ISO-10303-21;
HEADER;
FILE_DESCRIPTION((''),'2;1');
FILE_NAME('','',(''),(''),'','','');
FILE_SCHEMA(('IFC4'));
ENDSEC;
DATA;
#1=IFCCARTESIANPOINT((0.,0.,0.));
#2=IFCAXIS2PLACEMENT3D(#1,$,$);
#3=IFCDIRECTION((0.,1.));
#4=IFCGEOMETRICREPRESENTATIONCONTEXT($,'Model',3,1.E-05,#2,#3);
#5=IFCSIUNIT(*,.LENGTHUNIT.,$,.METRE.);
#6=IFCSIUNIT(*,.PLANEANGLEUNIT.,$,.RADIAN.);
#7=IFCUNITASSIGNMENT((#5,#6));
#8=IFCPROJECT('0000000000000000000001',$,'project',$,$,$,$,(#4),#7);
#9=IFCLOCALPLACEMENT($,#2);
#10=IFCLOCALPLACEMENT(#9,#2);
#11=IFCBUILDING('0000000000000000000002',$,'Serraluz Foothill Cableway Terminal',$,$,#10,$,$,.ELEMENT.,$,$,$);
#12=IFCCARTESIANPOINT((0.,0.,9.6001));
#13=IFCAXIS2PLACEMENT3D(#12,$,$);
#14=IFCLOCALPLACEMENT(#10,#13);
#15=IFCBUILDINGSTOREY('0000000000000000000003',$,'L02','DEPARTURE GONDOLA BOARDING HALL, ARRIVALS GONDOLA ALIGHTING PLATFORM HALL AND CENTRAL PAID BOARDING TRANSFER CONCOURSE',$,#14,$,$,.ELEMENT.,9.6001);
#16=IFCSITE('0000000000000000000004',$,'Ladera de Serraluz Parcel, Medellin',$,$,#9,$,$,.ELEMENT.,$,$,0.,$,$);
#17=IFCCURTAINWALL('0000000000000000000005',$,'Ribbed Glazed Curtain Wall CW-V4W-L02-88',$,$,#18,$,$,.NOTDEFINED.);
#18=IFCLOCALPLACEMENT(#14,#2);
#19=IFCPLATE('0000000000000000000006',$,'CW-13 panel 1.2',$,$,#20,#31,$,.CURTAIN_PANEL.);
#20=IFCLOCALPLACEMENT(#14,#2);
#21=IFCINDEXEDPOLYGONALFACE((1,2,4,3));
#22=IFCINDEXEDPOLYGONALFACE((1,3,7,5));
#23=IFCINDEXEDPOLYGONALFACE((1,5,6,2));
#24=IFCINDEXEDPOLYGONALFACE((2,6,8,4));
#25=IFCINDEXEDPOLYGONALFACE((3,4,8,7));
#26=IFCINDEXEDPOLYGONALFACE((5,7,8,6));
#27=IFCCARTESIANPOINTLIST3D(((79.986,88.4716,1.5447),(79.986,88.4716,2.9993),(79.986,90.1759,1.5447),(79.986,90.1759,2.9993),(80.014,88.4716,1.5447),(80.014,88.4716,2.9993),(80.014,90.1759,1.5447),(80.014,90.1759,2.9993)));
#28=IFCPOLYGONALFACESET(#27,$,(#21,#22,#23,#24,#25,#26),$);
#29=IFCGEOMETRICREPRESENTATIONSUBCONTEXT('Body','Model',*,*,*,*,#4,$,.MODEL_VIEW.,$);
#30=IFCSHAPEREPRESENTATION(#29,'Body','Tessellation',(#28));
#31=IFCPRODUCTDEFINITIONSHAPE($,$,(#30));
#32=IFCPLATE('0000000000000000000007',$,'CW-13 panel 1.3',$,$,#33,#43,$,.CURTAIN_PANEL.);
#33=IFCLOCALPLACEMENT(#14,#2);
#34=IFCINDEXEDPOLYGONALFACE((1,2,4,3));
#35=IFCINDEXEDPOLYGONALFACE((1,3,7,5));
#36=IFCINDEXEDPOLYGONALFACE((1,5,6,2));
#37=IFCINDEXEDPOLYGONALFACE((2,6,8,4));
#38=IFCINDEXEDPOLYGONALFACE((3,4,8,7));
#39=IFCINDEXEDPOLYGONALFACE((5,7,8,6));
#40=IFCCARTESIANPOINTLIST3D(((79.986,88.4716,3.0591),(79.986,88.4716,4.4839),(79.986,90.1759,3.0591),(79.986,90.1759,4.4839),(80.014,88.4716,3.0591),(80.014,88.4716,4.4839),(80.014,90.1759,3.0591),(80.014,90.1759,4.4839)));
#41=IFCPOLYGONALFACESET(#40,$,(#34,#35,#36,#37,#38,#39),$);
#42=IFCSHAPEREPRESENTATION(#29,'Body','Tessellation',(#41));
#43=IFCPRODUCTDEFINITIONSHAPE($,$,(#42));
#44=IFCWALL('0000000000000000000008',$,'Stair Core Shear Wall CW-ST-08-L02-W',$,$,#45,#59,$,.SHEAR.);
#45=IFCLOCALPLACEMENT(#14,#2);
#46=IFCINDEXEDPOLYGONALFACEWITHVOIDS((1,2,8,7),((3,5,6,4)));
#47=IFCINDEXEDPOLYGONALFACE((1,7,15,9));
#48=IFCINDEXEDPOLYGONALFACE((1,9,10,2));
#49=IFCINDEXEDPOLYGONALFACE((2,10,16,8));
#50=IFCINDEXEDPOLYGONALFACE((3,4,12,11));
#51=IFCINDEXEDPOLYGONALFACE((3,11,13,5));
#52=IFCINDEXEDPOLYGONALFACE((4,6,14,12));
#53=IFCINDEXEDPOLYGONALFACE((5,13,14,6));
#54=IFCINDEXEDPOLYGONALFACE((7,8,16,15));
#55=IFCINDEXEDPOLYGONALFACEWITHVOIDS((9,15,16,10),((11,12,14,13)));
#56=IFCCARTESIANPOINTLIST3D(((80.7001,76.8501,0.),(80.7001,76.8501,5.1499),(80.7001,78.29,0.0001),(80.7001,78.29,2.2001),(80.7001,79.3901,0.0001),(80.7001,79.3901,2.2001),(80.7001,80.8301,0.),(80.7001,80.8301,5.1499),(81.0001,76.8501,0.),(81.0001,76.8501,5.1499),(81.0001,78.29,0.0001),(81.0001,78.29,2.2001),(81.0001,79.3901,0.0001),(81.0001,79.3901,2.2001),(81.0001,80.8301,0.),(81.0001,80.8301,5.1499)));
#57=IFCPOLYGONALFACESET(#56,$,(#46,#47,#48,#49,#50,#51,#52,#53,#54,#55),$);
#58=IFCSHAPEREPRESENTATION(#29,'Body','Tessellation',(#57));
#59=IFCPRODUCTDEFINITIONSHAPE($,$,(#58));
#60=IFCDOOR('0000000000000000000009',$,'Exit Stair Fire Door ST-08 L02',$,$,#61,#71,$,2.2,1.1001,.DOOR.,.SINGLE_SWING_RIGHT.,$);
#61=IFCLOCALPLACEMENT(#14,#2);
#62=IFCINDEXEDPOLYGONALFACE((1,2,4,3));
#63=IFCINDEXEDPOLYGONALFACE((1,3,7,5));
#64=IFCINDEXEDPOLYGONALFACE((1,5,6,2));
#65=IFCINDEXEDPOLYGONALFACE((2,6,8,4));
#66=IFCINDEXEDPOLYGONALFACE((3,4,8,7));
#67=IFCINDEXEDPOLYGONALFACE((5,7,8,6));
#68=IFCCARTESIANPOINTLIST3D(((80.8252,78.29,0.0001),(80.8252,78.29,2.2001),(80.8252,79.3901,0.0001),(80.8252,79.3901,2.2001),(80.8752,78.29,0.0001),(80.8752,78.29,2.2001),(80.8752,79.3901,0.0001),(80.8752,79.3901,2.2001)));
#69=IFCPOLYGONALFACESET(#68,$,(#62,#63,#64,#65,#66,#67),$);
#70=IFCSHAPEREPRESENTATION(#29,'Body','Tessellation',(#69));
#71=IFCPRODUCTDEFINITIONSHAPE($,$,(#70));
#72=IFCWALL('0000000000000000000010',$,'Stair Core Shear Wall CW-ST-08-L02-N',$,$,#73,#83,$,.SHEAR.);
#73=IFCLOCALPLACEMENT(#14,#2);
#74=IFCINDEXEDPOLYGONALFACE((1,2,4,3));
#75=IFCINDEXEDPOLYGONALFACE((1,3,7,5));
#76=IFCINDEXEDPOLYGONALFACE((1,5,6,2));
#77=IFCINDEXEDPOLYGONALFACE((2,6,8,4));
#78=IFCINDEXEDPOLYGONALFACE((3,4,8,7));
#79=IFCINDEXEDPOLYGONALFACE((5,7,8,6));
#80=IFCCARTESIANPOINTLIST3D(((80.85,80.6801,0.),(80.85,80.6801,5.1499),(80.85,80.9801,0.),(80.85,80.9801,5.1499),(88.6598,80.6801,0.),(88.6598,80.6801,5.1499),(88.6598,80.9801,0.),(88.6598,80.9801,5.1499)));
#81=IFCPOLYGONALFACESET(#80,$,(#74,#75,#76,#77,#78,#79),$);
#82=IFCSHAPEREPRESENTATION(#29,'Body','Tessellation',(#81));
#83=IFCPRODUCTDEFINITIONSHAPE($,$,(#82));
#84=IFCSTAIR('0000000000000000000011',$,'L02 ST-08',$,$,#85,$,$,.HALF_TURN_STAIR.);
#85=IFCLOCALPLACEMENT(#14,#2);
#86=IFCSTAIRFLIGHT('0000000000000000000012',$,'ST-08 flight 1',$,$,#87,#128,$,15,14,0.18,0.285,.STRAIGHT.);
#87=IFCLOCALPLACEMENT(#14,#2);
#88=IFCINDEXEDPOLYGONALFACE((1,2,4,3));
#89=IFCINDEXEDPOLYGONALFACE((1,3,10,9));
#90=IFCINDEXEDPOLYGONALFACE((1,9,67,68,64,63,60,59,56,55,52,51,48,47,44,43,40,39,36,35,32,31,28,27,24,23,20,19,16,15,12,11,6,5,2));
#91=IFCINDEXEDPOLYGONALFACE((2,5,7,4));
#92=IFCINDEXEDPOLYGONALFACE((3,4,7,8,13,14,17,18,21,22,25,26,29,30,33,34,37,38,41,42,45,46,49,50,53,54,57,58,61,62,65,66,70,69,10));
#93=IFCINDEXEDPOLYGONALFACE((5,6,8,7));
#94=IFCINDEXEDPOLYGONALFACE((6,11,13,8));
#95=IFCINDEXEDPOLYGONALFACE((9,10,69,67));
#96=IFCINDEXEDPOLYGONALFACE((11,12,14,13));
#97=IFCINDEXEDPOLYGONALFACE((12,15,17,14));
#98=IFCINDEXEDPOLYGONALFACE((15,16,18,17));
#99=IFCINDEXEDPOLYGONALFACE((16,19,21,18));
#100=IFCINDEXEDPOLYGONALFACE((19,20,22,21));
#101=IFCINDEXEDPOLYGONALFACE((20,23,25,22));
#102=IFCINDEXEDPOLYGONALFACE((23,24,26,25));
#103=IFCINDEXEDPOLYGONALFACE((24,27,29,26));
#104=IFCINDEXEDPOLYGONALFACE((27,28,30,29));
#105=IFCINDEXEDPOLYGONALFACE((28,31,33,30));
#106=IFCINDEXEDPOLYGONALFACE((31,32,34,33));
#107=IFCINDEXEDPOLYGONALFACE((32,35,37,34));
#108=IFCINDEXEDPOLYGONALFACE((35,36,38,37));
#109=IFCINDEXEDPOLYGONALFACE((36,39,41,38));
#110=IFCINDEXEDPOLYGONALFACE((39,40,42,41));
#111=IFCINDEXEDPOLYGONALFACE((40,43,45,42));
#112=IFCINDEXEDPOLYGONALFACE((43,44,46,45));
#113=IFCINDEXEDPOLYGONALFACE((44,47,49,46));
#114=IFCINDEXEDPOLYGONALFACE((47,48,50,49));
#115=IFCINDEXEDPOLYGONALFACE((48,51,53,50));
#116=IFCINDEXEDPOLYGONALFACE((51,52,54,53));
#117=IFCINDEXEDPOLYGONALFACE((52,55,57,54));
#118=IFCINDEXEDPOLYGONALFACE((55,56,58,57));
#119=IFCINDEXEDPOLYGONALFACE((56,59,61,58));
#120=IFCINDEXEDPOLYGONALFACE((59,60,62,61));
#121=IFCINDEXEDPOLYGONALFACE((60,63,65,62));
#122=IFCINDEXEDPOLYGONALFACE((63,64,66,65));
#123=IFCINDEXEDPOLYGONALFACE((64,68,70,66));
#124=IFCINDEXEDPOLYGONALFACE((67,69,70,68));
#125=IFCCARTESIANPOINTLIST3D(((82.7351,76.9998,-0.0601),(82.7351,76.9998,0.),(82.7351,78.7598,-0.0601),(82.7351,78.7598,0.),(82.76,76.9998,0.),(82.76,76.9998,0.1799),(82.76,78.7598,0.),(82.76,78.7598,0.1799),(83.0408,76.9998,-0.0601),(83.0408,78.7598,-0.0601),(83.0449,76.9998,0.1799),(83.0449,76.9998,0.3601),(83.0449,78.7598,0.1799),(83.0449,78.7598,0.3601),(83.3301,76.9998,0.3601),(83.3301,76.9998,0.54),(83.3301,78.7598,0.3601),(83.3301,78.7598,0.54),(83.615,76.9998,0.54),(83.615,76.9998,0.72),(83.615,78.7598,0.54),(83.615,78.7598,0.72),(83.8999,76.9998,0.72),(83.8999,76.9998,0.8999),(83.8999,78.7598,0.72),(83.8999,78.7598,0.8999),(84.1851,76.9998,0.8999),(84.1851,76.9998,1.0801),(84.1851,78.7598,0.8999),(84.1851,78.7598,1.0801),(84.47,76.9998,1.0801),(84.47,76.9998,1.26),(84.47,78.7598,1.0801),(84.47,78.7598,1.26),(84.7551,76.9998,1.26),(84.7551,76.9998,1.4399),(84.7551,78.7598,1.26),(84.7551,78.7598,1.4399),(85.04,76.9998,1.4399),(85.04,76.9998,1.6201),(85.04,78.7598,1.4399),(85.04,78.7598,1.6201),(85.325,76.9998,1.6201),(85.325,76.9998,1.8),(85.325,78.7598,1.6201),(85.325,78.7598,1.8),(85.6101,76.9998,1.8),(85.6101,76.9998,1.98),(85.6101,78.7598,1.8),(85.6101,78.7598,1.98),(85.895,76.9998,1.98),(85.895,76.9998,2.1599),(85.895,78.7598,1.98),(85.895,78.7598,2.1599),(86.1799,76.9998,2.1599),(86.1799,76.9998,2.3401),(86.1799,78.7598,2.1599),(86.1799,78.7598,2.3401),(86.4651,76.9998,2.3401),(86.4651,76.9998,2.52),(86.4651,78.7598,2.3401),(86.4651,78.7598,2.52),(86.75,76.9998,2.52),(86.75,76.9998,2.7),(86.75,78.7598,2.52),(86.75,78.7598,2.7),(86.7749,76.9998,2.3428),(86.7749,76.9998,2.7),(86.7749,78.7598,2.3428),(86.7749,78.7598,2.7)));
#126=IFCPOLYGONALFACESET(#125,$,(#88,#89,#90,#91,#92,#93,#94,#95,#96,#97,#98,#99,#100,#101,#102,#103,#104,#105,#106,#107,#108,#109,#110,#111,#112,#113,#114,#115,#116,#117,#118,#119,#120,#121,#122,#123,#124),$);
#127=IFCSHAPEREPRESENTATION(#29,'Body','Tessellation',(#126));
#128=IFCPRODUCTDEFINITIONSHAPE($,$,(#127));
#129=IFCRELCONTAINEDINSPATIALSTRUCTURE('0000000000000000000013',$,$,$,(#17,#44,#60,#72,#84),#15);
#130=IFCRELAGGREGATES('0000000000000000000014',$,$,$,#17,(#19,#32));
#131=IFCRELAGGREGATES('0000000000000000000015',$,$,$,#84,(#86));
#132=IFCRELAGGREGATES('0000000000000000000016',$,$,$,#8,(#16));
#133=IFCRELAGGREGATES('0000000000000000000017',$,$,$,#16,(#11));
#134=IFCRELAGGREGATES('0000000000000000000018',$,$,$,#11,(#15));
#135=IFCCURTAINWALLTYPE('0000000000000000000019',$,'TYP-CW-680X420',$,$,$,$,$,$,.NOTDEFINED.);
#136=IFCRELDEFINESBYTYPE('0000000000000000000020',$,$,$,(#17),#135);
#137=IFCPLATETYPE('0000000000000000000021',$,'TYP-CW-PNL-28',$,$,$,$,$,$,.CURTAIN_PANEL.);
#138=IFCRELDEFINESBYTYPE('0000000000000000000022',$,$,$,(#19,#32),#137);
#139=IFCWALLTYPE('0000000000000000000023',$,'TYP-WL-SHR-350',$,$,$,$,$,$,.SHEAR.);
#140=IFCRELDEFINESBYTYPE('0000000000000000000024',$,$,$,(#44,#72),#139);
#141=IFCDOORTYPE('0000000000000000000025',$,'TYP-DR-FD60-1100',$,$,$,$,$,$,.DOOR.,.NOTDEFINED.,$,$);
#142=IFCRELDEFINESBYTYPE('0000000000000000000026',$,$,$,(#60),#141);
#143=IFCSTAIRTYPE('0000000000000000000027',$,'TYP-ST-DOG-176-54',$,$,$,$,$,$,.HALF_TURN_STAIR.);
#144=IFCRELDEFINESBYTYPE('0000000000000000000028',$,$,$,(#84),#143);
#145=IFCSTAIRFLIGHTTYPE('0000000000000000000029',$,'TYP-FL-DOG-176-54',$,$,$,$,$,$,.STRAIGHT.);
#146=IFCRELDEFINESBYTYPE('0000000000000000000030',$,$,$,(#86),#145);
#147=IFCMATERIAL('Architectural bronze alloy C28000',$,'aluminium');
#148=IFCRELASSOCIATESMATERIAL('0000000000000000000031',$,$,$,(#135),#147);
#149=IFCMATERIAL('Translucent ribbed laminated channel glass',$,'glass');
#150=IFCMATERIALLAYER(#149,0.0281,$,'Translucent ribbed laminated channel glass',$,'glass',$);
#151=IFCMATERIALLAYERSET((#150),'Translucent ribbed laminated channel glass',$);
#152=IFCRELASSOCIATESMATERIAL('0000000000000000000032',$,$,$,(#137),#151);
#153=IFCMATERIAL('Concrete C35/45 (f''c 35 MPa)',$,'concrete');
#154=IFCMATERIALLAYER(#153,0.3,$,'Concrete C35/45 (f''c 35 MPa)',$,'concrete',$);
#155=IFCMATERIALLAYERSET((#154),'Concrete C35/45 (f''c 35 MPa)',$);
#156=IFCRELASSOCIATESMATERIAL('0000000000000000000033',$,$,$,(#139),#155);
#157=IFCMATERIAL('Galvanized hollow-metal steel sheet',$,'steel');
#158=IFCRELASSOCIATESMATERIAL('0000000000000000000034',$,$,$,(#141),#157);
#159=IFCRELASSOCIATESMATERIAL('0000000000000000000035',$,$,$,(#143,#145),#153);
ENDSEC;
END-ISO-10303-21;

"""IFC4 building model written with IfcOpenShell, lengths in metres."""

from ifc_helpers import new_model, si_unit, direction, frame, frame_2d, origin, origin_2d, place, context, subcontext, project, spatial, polyline, rectangle, outline, extrude, material, layer, layer_set, type_object, element, fill, aggregate, save


model = new_model("IFC4")

# Units and contexts
model_context = context("Model", 3, precision=1e-05, world=origin(), true_north=direction((0.0, 1.0)))
body_context = subcontext(model_context, "Body", "Model", "MODEL_VIEW")
ifc_project = project(units=[si_unit("LENGTHUNIT", "METRE"), si_unit("PLANEANGLEUNIT", "RADIAN")], contexts=[model_context])

# Site, building, storey
site_placement = place(None, origin())
site = spatial("IfcSite", under=ifc_project, at=site_placement, Name="Ladera de Serraluz Parcel, Medellin", CompositionType="ELEMENT", RefElevation=0.0)
building_placement = place(site_placement, origin())
building = spatial("IfcBuilding", under=site, at=building_placement, Name="Serraluz Foothill Cableway Terminal", CompositionType="ELEMENT")
storey_placement = place(building_placement, frame((0.0, 0.0, 9.6001)))
storey = spatial("IfcBuildingStorey", under=building, at=storey_placement, Name="L02", Description="DEPARTURE GONDOLA BOARDING HALL, ARRIVALS GONDOLA ALIGHTING PLATFORM HALL AND CENTRAL PAID BOARDING TRANSFER CONCOURSE", CompositionType="ELEMENT", Elevation=9.6001)

# Curtain wall
ifc_material_1 = material(Name="Architectural bronze alloy C28000", Category="aluminium")
curtain_wall_type = type_object("IfcCurtainWallType", Name="TYP-CW-680X420", PredefinedType="NOTDEFINED", material=ifc_material_1)
curtain_wall_1_placement = place(storey_placement, origin())
curtain_wall_1 = element("IfcCurtainWall", 1, at=curtain_wall_1_placement, inside=storey, type_object=curtain_wall_type, Name="Ribbed Glazed Curtain Wall CW-V4W-L02-88", PredefinedType="NOTDEFINED")

# Plates
ifc_material_2 = material(Name="Translucent ribbed laminated channel glass", Category="glass")
ifc_layer_1 = layer(ifc_material_2, 0.0281, Name="Translucent ribbed laminated channel glass", Category="glass")
ifc_layer_set_1 = layer_set([ifc_layer_1], Name="Translucent ribbed laminated channel glass")
plate_type = type_object("IfcPlateType", Name="TYP-CW-PNL-28", PredefinedType="CURTAIN_PANEL", material=ifc_layer_set_1)
plate_1_placement = place(storey_placement, frame((80.0, 89.3237, 1.5447), z_axis=(0.0, 0.0, 1.0), x_axis=(0.0, 1.0, 0.0)))
plate_1 = element("IfcPlate", 2, at=plate_1_placement, type_object=plate_type, Name="CW-13 panel 1.2", PredefinedType="CURTAIN_PANEL", context=body_context, shape_type="SweptSolid", body=[
    extrude(rectangle(XDim=1.7043, YDim=0.0281, at=origin_2d()), origin(), (0.0, 0.0, 1.0), 1.4546),
])
plate_2_placement = place(storey_placement, frame((80.0, 89.3237, 3.0591), z_axis=(0.0, 0.0, 1.0), x_axis=(0.0, 1.0, 0.0)))
plate_2 = element("IfcPlate", 3, at=plate_2_placement, type_object=plate_type, Name="CW-13 panel 1.3", PredefinedType="CURTAIN_PANEL", context=body_context, shape_type="SweptSolid", body=[
    extrude(rectangle(XDim=1.7043, YDim=0.0281, at=origin_2d()), origin(), (0.0, 0.0, 1.0), 1.4248),
])
aggregate(curtain_wall_1, [plate_1, plate_2])

# Wall, opening, door
ifc_material_3 = material(Name="Concrete C35/45 (f'c 35 MPa)", Category="concrete")
ifc_layer_2 = layer(ifc_material_3, 0.3, Name="Concrete C35/45 (f'c 35 MPa)", Category="concrete")
ifc_layer_set_2 = layer_set([ifc_layer_2], Name="Concrete C35/45 (f'c 35 MPa)")
wall_type = type_object("IfcWallType", Name="TYP-WL-SHR-350", PredefinedType="SHEAR", material=ifc_layer_set_2)
wall_1_placement = place(storey_placement, frame((80.8501, 76.8501, 0.0), z_axis=(0.0, 0.0, 1.0), x_axis=(0.0, 1.0, 0.0)))
wall_1 = element("IfcWall", 4, at=wall_1_placement, inside=storey, type_object=wall_type, Name="Stair Core Shear Wall CW-ST-08-L02-W", PredefinedType="SHEAR", context=body_context, shape_type="SweptSolid", body=[
    extrude(rectangle(XDim=3.98, YDim=0.3, at=frame_2d((1.99, 0.0))), origin(), (0.0, 0.0, 1.0), 5.1499),
])
opening_placement = place(wall_1_placement, frame((1.4399, 0.0, 0.0)))
opening = element("IfcOpeningElement", 5, at=opening_placement, cuts=wall_1, PredefinedType="OPENING", context=body_context, shape_type="SweptSolid", body=[
    extrude(rectangle(XDim=1.1001, YDim=2.2, at=frame_2d((0.55, 1.1001))), frame((0.0, 0.1602, 0.0), z_axis=(0.0, -1.0, 0.0), x_axis=(1.0, 0.0, 0.0)), (0.0, 0.0, 1.0), 0.3201),
])
ifc_material_4 = material(Name="Galvanized hollow-metal steel sheet", Category="steel")
door_type = type_object("IfcDoorType", Name="TYP-DR-FD60-1100", OperationType="NOTDEFINED", PredefinedType="DOOR", material=ifc_material_4)
door_placement = place(opening_placement, origin())
door = element("IfcDoor", 6, at=door_placement, inside=storey, type_object=door_type, Name="Exit Stair Fire Door ST-08 L02", OperationType="SINGLE_SWING_RIGHT", OverallHeight=2.2, OverallWidth=1.1001, PredefinedType="DOOR", context=body_context, shape_type="SweptSolid", body=[
    extrude(rectangle(XDim=1.1001, YDim=2.2, at=frame_2d((0.55, 1.1001))), frame((0.0, 0.0249, 0.0), z_axis=(0.0, -1.0, 0.0), x_axis=(1.0, 0.0, 0.0)), (0.0, 0.0, 1.0), 0.05),
])
fill(opening, door)

# Wall
wall_2_placement = place(storey_placement, frame((80.8501, 80.8301, 0.0), z_axis=(0.0, 0.0, 1.0), x_axis=(1.0, 0.0, 0.0)))
element("IfcWall", 7, at=wall_2_placement, inside=storey, type_object=wall_type, Name="Stair Core Shear Wall CW-ST-08-L02-N", PredefinedType="SHEAR", context=body_context, shape_type="SweptSolid", body=[
    extrude(rectangle(XDim=7.8098, YDim=0.3, at=frame_2d((3.9048, 0.0))), origin(), (0.0, 0.0, 1.0), 5.1499),
])

# Stair, stair flight
stair_type = type_object("IfcStairType", Name="TYP-ST-DOG-176-54", PredefinedType="HALF_TURN_STAIR", material=ifc_material_3)
stair_placement = place(storey_placement, origin())
stair = element("IfcStair", 8, at=stair_placement, inside=storey, type_object=stair_type, Name="L02 ST-08", PredefinedType="HALF_TURN_STAIR")
stair_flight_type = type_object("IfcStairFlightType", Name="TYP-FL-DOG-176-54", PredefinedType="STRAIGHT", material=ifc_material_3)
stair_flight_placement = place(storey_placement, frame((82.76, 77.8799, 0.0), z_axis=(0.0, 0.0, 1.0), x_axis=(1.0, 0.0, 0.0)))
stair_flight = element("IfcStairFlight", 9, at=stair_flight_placement, type_object=stair_flight_type, Name="ST-08 flight 1", NumberOfRisers=15, NumberOfTreads=14, PredefinedType="STRAIGHT", RiserHeight=0.18, TreadLength=0.285, context=body_context, shape_type="SweptSolid", body=[
    extrude(outline(polyline([(-0.0249, -0.0601), (-0.0249, 0.0), (0.0, 0.0), (0.0, 0.1799), (0.2849, 0.1799), (0.2849, 0.3601), (0.5701, 0.3601), (0.5701, 0.54), (0.855, 0.54), (0.855, 0.72), (1.1399, 0.72), (1.1399, 0.8999), (1.425, 0.8999), (1.425, 1.0801), (1.71, 1.0801), (1.71, 1.26), (1.9951, 1.26), (1.9951, 1.4399), (2.28, 1.4399), (2.28, 1.6201), (2.5649, 1.6201), (2.5649, 1.8), (2.8501, 1.8), (2.8501, 1.98), (3.135, 1.98), (3.135, 2.1599), (3.4199, 2.1599), (3.4199, 2.3401), (3.7051, 2.3401), (3.7051, 2.52), (3.99, 2.52), (3.99, 2.7), (4.0149, 2.7), (4.0149, 2.3428), (0.2808, -0.0601), (-0.0249, -0.0601)])), frame((0.0, 0.8799, 0.0), z_axis=(0.0, -1.0, 0.0), x_axis=(1.0, 0.0, 0.0)), (0.0, 0.0, 1.0), 1.76),
])
aggregate(stair, [stair_flight])

save(model, "model.ifc")
